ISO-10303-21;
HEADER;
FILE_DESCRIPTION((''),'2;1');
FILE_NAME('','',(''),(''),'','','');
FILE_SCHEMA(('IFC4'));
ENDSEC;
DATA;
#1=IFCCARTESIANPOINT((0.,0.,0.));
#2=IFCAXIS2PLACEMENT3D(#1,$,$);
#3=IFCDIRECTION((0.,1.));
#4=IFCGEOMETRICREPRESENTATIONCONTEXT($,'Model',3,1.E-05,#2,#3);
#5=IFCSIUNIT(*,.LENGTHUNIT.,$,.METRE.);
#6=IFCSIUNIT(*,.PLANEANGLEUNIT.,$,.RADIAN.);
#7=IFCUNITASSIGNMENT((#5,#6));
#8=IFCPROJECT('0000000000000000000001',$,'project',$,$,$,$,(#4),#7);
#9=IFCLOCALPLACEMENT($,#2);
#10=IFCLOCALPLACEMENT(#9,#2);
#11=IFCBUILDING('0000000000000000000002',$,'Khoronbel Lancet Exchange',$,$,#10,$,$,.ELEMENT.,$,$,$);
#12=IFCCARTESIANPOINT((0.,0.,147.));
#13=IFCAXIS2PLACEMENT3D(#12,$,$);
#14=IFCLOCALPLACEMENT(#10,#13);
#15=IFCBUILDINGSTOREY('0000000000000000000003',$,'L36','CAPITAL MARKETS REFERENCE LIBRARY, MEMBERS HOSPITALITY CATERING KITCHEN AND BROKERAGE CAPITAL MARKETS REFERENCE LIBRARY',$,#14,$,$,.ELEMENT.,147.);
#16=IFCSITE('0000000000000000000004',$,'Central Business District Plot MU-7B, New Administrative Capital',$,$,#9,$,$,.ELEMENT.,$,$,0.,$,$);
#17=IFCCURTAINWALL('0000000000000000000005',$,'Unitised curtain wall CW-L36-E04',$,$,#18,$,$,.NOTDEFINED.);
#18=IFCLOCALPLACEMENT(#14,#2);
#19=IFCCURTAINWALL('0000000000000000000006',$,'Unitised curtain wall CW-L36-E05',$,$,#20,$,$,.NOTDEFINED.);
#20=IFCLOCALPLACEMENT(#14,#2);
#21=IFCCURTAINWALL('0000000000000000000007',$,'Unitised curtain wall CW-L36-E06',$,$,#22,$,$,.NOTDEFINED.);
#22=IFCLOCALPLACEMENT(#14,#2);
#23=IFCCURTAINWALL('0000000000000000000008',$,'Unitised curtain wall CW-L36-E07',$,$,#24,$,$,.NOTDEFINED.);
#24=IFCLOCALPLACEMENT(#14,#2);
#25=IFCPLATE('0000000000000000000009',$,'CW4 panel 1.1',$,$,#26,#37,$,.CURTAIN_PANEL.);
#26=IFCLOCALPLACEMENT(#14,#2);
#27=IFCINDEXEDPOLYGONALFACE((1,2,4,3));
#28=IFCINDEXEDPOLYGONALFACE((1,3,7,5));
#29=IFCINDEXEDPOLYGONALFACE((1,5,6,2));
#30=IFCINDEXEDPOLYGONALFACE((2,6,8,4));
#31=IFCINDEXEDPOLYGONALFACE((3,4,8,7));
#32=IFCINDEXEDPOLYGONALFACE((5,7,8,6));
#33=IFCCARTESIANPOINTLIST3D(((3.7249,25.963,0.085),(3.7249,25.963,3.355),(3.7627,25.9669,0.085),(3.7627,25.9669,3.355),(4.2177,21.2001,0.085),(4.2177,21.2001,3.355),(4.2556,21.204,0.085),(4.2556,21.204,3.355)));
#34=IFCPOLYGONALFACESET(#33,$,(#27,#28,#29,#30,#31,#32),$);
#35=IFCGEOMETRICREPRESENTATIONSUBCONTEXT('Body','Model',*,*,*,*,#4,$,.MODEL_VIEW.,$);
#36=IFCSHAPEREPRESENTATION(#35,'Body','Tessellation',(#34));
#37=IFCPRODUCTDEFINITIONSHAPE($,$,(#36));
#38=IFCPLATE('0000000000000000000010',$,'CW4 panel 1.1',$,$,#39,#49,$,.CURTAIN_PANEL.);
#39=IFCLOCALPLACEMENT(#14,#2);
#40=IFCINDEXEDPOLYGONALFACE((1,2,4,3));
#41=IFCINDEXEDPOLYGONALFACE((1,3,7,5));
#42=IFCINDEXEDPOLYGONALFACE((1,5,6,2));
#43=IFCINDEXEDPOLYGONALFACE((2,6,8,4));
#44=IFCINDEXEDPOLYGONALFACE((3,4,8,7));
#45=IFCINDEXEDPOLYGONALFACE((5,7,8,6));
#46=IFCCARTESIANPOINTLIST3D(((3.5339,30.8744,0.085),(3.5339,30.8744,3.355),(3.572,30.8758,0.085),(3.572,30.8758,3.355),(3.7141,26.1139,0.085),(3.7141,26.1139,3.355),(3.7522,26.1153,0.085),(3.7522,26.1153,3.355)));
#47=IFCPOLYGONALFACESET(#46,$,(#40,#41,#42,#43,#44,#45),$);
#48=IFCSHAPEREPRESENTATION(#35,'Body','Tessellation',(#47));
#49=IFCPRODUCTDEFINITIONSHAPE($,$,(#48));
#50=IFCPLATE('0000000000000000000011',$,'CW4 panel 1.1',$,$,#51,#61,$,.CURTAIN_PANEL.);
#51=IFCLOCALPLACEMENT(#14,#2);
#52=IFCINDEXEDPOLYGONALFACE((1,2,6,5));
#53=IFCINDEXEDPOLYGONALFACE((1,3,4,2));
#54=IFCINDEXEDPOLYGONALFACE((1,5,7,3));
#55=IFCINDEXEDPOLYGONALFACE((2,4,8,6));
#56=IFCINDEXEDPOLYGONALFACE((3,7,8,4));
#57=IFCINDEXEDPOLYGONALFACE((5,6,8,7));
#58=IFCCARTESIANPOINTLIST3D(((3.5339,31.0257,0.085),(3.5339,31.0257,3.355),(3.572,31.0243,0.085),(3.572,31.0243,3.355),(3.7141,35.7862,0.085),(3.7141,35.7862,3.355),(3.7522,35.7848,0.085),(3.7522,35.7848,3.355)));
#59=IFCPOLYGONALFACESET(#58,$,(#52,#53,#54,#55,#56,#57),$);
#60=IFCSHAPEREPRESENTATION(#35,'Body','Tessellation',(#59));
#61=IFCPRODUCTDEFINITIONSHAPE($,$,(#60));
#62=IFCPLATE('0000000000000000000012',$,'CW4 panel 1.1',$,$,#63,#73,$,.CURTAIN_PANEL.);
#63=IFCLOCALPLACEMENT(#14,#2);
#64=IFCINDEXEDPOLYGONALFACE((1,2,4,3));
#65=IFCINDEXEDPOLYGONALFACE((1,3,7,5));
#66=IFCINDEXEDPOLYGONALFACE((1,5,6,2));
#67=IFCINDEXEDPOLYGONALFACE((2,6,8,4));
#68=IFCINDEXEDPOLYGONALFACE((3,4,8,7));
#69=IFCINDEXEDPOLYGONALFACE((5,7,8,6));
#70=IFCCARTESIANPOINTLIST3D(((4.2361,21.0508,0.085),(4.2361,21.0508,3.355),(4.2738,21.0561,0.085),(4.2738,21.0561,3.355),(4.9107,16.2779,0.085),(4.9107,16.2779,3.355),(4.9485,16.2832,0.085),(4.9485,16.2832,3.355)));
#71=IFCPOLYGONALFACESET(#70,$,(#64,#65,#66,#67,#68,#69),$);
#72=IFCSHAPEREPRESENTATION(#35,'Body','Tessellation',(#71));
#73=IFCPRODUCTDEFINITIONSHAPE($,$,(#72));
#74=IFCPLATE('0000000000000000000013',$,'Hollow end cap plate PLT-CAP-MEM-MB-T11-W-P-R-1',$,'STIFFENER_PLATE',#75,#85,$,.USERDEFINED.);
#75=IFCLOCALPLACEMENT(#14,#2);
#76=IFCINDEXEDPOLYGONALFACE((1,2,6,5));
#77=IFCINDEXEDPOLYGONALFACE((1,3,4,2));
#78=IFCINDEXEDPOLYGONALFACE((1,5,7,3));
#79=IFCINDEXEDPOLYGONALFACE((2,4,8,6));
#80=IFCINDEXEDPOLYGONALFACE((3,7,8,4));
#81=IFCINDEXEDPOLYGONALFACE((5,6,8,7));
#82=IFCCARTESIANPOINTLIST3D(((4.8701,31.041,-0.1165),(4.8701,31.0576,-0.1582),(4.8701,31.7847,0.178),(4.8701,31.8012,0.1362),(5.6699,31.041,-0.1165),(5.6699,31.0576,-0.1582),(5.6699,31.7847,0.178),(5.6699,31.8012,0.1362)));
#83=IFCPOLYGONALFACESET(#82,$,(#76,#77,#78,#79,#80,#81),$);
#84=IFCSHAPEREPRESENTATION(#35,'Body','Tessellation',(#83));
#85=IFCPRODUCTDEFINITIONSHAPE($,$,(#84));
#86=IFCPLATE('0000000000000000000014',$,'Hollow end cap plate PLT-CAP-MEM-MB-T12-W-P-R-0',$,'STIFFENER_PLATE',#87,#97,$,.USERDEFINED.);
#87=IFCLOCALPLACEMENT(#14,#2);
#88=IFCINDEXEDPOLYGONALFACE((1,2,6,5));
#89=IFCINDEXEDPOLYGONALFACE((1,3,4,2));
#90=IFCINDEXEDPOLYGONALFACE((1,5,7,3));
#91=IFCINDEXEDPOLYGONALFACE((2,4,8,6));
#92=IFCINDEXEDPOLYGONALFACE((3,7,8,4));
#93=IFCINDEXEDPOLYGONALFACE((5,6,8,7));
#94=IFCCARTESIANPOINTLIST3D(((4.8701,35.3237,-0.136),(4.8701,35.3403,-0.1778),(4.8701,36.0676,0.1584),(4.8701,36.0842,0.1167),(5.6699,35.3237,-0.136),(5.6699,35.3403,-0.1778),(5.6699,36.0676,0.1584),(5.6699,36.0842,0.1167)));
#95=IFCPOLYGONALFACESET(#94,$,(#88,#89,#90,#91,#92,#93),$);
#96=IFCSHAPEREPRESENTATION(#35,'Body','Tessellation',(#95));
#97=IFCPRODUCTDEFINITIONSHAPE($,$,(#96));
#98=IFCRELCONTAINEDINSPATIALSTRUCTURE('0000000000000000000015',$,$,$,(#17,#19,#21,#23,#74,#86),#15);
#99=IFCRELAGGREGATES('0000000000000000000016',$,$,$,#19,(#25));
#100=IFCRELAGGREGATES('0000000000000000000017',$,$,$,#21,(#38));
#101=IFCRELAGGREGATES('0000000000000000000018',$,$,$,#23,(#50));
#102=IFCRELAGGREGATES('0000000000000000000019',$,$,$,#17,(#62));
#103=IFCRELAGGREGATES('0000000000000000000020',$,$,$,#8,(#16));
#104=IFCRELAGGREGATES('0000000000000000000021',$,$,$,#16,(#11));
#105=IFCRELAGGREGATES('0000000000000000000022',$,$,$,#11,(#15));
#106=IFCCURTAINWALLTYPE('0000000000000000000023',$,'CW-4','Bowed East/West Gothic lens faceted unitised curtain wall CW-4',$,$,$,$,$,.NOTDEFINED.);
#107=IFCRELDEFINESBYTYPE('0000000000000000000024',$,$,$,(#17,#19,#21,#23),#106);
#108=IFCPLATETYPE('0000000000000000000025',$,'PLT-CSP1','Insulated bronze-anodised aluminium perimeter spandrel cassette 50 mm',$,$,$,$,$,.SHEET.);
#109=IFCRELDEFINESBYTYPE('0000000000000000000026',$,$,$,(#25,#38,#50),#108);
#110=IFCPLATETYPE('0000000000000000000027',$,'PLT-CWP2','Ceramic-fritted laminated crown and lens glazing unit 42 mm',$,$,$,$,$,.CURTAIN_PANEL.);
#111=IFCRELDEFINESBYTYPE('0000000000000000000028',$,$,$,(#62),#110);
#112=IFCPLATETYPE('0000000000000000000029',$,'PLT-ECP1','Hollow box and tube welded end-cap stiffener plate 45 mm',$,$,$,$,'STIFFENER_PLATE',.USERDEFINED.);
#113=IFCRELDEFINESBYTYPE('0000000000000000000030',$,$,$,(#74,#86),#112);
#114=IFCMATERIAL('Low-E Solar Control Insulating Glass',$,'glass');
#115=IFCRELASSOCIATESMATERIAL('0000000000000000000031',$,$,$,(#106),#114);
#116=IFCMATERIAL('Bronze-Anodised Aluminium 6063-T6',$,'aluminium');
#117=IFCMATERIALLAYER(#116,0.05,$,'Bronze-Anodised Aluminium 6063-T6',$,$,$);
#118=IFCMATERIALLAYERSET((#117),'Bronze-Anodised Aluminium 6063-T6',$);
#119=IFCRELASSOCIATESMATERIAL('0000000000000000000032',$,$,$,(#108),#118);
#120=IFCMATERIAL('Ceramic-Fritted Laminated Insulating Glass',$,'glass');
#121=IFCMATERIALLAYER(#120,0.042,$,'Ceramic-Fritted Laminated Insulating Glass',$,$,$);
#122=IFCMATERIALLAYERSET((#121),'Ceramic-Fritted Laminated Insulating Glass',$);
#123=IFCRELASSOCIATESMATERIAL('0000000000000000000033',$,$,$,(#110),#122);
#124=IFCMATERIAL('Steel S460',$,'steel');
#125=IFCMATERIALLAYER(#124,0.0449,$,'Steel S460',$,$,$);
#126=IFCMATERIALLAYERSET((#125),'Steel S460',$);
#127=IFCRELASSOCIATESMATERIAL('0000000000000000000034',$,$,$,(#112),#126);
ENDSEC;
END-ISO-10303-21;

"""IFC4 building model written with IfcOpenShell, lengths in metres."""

from ifc_helpers import new_model, si_unit, direction, frame, origin, origin_2d, place, context, subcontext, project, spatial, polyline, rectangle, outline, extrude, material, layer, layer_set, type_object, element, aggregate, save


model = new_model("IFC4")

# Units and contexts
model_context = context("Model", 3, precision=1e-05, world=origin(), true_north=direction((0.0, 1.0)))
body_context = subcontext(model_context, "Body", "Model", "MODEL_VIEW")
ifc_project = project(units=[si_unit("LENGTHUNIT", "METRE"), si_unit("PLANEANGLEUNIT", "RADIAN")], contexts=[model_context])

# Site, building, storey
site_placement = place(None, origin())
site = spatial("IfcSite", under=ifc_project, at=site_placement, Name="Central Business District Plot MU-7B, New Administrative Capital", CompositionType="ELEMENT", RefElevation=0.0)
building_placement = place(site_placement, origin())
building = spatial("IfcBuilding", under=site, at=building_placement, Name="Khoronbel Lancet Exchange", CompositionType="ELEMENT")
storey_placement = place(building_placement, frame((0.0, 0.0, 147.0)))
storey = spatial("IfcBuildingStorey", under=building, at=storey_placement, Name="L36", Description="CAPITAL MARKETS REFERENCE LIBRARY, MEMBERS HOSPITALITY CATERING KITCHEN AND BROKERAGE CAPITAL MARKETS REFERENCE LIBRARY", CompositionType="ELEMENT", Elevation=147.0)

# Curtain walls
ifc_material_1 = material(Name="Low-E Solar Control Insulating Glass", Category="glass")
curtain_wall_type = type_object("IfcCurtainWallType", Name="CW-4", Description="Bowed East/West Gothic lens faceted unitised curtain wall CW-4", PredefinedType="NOTDEFINED", material=ifc_material_1)
curtain_wall_1_placement = place(storey_placement, origin())
curtain_wall_1 = element("IfcCurtainWall", 1, at=curtain_wall_1_placement, inside=storey, type_object=curtain_wall_type, Name="Unitised curtain wall CW-L36-E04", PredefinedType="NOTDEFINED")
ifc_material_2 = material(Name="Bronze-Anodised Aluminium 6063-T6", Category="aluminium")
curtain_wall_2_placement = place(storey_placement, origin())
curtain_wall_2 = element("IfcCurtainWall", 2, at=curtain_wall_2_placement, inside=storey, type_object=curtain_wall_type, Name="Unitised curtain wall CW-L36-E05", PredefinedType="NOTDEFINED")
curtain_wall_3_placement = place(storey_placement, origin())
curtain_wall_3 = element("IfcCurtainWall", 3, at=curtain_wall_3_placement, inside=storey, type_object=curtain_wall_type, Name="Unitised curtain wall CW-L36-E06", PredefinedType="NOTDEFINED")

# Curtain wall
curtain_wall_4_placement = place(storey_placement, origin())
curtain_wall_4 = element("IfcCurtainWall", 4, at=curtain_wall_4_placement, inside=storey, type_object=curtain_wall_type, Name="Unitised curtain wall CW-L36-E07", PredefinedType="NOTDEFINED")

# Plates
ifc_layer_1 = layer(ifc_material_2, 0.05, Name="Bronze-Anodised Aluminium 6063-T6")
ifc_layer_set_1 = layer_set([ifc_layer_1], Name="Bronze-Anodised Aluminium 6063-T6")
plate_type_1 = type_object("IfcPlateType", Name="PLT-CSP1", Description="Insulated bronze-anodised aluminium perimeter spandrel cassette 50 mm", PredefinedType="SHEET", material=ifc_layer_set_1)
plate_1_placement = place(storey_placement, frame((3.9902, 23.5835, 0.085), z_axis=(0.0, 0.0, 1.0), x_axis=(-0.102932, 0.994688, 0.0)))
plate_1 = element("IfcPlate", 5, at=plate_1_placement, type_object=plate_type_1, Name="CW4 panel 1.1", PredefinedType="CURTAIN_PANEL", context=body_context, shape_type="SweptSolid", body=[
    extrude(rectangle(XDim=4.7883, YDim=0.0381, at=origin_2d()), origin(), (0.0, 0.0, 1.0), 3.27),
])
aggregate(curtain_wall_2, [plate_1])
plate_2_placement = place(storey_placement, frame((3.6431, 28.4949, 0.085), z_axis=(0.0, 0.0, 1.0), x_axis=(-0.037831, 0.999284, 0.0)))
plate_2 = element("IfcPlate", 6, at=plate_2_placement, type_object=plate_type_1, Name="CW4 panel 1.1", PredefinedType="CURTAIN_PANEL", context=body_context, shape_type="SweptSolid", body=[
    extrude(rectangle(XDim=4.7639, YDim=0.0381, at=origin_2d()), origin(), (0.0, 0.0, 1.0), 3.27),
])
aggregate(curtain_wall_3, [plate_2])
plate_3_placement = place(storey_placement, frame((3.6431, 33.4053, 0.085), z_axis=(0.0, 0.0, 1.0), x_axis=(0.037831, 0.999284, 0.0)))
plate_3 = element("IfcPlate", 7, at=plate_3_placement, type_object=plate_type_1, Name="CW4 panel 1.1", PredefinedType="CURTAIN_PANEL", context=body_context, shape_type="SweptSolid", body=[
    extrude(rectangle(XDim=4.7639, YDim=0.0381, at=origin_2d()), origin(), (0.0, 0.0, 1.0), 3.27),
])
aggregate(curtain_wall_4, [plate_3])
ifc_material_3 = material(Name="Ceramic-Fritted Laminated Insulating Glass", Category="glass")
ifc_layer_2 = layer(ifc_material_3, 0.042, Name="Ceramic-Fritted Laminated Insulating Glass")
ifc_layer_set_2 = layer_set([ifc_layer_2], Name="Ceramic-Fritted Laminated Insulating Glass")
plate_type_2 = type_object("IfcPlateType", Name="PLT-CWP2", Description="Ceramic-fritted laminated crown and lens glazing unit 42 mm", PredefinedType="CURTAIN_PANEL", material=ifc_layer_set_2)
plate_4_placement = place(storey_placement, frame((4.5923, 18.667, 0.085), z_axis=(0.0, 0.0, 1.0), x_axis=(-0.139954, 0.990158, 0.0)))
plate_4 = element("IfcPlate", 8, at=plate_4_placement, type_object=plate_type_2, Name="CW4 panel 1.1", PredefinedType="CURTAIN_PANEL", context=body_context, shape_type="SweptSolid", body=[
    extrude(rectangle(XDim=4.8203, YDim=0.0381, at=origin_2d()), origin(), (0.0, 0.0, 1.0), 3.27),
])
aggregate(curtain_wall_1, [plate_4])

# Plates
ifc_material_4 = material(Name="Steel S460", Category="steel")
ifc_layer_3 = layer(ifc_material_4, 0.0449, Name="Steel S460")
ifc_layer_set_3 = layer_set([ifc_layer_3], Name="Steel S460")
plate_type_3 = type_object("IfcPlateType", Name="PLT-ECP1", Description="Hollow box and tube welded end-cap stiffener plate 45 mm", ElementType="STIFFENER_PLATE", PredefinedType="USERDEFINED", material=ifc_layer_set_3)
plate_5_placement = place(storey_placement, frame((4.8701, 31.041, -0.1165), z_axis=(0.0, -0.368125, 0.929776), x_axis=(1.0, 0.0, 0.0)))
element("IfcPlate", 9, at=plate_5_placement, inside=storey, type_object=plate_type_3, Name="Hollow end cap plate PLT-CAP-MEM-MB-T11-W-P-R-1", ObjectType="STIFFENER_PLATE", PredefinedType="USERDEFINED", context=body_context, shape_type="SweptSolid", body=[
    extrude(outline(polyline([(0.0, 0.0), (0.7998, 0.0), (0.7998, 0.7998), (0.0, 0.7998), (0.0, 0.0)])), origin(), (0.0, 0.0, -1.0), 0.0449),
])
plate_6_placement = place(storey_placement, frame((4.8701, 35.3237, -0.136), z_axis=(0.0, -0.368021, 0.929817), x_axis=(1.0, 0.0, 0.0)))
element("IfcPlate", 10, at=plate_6_placement, inside=storey, type_object=plate_type_3, Name="Hollow end cap plate PLT-CAP-MEM-MB-T12-W-P-R-0", ObjectType="STIFFENER_PLATE", PredefinedType="USERDEFINED", context=body_context, shape_type="SweptSolid", body=[
    extrude(outline(polyline([(0.0, 0.0), (0.7998, 0.0), (0.7998, 0.8), (0.0, 0.8), (0.0, 0.0)])), origin(), (0.0, 0.0, -1.0), 0.0449),
])

save(model, "model.ifc")
